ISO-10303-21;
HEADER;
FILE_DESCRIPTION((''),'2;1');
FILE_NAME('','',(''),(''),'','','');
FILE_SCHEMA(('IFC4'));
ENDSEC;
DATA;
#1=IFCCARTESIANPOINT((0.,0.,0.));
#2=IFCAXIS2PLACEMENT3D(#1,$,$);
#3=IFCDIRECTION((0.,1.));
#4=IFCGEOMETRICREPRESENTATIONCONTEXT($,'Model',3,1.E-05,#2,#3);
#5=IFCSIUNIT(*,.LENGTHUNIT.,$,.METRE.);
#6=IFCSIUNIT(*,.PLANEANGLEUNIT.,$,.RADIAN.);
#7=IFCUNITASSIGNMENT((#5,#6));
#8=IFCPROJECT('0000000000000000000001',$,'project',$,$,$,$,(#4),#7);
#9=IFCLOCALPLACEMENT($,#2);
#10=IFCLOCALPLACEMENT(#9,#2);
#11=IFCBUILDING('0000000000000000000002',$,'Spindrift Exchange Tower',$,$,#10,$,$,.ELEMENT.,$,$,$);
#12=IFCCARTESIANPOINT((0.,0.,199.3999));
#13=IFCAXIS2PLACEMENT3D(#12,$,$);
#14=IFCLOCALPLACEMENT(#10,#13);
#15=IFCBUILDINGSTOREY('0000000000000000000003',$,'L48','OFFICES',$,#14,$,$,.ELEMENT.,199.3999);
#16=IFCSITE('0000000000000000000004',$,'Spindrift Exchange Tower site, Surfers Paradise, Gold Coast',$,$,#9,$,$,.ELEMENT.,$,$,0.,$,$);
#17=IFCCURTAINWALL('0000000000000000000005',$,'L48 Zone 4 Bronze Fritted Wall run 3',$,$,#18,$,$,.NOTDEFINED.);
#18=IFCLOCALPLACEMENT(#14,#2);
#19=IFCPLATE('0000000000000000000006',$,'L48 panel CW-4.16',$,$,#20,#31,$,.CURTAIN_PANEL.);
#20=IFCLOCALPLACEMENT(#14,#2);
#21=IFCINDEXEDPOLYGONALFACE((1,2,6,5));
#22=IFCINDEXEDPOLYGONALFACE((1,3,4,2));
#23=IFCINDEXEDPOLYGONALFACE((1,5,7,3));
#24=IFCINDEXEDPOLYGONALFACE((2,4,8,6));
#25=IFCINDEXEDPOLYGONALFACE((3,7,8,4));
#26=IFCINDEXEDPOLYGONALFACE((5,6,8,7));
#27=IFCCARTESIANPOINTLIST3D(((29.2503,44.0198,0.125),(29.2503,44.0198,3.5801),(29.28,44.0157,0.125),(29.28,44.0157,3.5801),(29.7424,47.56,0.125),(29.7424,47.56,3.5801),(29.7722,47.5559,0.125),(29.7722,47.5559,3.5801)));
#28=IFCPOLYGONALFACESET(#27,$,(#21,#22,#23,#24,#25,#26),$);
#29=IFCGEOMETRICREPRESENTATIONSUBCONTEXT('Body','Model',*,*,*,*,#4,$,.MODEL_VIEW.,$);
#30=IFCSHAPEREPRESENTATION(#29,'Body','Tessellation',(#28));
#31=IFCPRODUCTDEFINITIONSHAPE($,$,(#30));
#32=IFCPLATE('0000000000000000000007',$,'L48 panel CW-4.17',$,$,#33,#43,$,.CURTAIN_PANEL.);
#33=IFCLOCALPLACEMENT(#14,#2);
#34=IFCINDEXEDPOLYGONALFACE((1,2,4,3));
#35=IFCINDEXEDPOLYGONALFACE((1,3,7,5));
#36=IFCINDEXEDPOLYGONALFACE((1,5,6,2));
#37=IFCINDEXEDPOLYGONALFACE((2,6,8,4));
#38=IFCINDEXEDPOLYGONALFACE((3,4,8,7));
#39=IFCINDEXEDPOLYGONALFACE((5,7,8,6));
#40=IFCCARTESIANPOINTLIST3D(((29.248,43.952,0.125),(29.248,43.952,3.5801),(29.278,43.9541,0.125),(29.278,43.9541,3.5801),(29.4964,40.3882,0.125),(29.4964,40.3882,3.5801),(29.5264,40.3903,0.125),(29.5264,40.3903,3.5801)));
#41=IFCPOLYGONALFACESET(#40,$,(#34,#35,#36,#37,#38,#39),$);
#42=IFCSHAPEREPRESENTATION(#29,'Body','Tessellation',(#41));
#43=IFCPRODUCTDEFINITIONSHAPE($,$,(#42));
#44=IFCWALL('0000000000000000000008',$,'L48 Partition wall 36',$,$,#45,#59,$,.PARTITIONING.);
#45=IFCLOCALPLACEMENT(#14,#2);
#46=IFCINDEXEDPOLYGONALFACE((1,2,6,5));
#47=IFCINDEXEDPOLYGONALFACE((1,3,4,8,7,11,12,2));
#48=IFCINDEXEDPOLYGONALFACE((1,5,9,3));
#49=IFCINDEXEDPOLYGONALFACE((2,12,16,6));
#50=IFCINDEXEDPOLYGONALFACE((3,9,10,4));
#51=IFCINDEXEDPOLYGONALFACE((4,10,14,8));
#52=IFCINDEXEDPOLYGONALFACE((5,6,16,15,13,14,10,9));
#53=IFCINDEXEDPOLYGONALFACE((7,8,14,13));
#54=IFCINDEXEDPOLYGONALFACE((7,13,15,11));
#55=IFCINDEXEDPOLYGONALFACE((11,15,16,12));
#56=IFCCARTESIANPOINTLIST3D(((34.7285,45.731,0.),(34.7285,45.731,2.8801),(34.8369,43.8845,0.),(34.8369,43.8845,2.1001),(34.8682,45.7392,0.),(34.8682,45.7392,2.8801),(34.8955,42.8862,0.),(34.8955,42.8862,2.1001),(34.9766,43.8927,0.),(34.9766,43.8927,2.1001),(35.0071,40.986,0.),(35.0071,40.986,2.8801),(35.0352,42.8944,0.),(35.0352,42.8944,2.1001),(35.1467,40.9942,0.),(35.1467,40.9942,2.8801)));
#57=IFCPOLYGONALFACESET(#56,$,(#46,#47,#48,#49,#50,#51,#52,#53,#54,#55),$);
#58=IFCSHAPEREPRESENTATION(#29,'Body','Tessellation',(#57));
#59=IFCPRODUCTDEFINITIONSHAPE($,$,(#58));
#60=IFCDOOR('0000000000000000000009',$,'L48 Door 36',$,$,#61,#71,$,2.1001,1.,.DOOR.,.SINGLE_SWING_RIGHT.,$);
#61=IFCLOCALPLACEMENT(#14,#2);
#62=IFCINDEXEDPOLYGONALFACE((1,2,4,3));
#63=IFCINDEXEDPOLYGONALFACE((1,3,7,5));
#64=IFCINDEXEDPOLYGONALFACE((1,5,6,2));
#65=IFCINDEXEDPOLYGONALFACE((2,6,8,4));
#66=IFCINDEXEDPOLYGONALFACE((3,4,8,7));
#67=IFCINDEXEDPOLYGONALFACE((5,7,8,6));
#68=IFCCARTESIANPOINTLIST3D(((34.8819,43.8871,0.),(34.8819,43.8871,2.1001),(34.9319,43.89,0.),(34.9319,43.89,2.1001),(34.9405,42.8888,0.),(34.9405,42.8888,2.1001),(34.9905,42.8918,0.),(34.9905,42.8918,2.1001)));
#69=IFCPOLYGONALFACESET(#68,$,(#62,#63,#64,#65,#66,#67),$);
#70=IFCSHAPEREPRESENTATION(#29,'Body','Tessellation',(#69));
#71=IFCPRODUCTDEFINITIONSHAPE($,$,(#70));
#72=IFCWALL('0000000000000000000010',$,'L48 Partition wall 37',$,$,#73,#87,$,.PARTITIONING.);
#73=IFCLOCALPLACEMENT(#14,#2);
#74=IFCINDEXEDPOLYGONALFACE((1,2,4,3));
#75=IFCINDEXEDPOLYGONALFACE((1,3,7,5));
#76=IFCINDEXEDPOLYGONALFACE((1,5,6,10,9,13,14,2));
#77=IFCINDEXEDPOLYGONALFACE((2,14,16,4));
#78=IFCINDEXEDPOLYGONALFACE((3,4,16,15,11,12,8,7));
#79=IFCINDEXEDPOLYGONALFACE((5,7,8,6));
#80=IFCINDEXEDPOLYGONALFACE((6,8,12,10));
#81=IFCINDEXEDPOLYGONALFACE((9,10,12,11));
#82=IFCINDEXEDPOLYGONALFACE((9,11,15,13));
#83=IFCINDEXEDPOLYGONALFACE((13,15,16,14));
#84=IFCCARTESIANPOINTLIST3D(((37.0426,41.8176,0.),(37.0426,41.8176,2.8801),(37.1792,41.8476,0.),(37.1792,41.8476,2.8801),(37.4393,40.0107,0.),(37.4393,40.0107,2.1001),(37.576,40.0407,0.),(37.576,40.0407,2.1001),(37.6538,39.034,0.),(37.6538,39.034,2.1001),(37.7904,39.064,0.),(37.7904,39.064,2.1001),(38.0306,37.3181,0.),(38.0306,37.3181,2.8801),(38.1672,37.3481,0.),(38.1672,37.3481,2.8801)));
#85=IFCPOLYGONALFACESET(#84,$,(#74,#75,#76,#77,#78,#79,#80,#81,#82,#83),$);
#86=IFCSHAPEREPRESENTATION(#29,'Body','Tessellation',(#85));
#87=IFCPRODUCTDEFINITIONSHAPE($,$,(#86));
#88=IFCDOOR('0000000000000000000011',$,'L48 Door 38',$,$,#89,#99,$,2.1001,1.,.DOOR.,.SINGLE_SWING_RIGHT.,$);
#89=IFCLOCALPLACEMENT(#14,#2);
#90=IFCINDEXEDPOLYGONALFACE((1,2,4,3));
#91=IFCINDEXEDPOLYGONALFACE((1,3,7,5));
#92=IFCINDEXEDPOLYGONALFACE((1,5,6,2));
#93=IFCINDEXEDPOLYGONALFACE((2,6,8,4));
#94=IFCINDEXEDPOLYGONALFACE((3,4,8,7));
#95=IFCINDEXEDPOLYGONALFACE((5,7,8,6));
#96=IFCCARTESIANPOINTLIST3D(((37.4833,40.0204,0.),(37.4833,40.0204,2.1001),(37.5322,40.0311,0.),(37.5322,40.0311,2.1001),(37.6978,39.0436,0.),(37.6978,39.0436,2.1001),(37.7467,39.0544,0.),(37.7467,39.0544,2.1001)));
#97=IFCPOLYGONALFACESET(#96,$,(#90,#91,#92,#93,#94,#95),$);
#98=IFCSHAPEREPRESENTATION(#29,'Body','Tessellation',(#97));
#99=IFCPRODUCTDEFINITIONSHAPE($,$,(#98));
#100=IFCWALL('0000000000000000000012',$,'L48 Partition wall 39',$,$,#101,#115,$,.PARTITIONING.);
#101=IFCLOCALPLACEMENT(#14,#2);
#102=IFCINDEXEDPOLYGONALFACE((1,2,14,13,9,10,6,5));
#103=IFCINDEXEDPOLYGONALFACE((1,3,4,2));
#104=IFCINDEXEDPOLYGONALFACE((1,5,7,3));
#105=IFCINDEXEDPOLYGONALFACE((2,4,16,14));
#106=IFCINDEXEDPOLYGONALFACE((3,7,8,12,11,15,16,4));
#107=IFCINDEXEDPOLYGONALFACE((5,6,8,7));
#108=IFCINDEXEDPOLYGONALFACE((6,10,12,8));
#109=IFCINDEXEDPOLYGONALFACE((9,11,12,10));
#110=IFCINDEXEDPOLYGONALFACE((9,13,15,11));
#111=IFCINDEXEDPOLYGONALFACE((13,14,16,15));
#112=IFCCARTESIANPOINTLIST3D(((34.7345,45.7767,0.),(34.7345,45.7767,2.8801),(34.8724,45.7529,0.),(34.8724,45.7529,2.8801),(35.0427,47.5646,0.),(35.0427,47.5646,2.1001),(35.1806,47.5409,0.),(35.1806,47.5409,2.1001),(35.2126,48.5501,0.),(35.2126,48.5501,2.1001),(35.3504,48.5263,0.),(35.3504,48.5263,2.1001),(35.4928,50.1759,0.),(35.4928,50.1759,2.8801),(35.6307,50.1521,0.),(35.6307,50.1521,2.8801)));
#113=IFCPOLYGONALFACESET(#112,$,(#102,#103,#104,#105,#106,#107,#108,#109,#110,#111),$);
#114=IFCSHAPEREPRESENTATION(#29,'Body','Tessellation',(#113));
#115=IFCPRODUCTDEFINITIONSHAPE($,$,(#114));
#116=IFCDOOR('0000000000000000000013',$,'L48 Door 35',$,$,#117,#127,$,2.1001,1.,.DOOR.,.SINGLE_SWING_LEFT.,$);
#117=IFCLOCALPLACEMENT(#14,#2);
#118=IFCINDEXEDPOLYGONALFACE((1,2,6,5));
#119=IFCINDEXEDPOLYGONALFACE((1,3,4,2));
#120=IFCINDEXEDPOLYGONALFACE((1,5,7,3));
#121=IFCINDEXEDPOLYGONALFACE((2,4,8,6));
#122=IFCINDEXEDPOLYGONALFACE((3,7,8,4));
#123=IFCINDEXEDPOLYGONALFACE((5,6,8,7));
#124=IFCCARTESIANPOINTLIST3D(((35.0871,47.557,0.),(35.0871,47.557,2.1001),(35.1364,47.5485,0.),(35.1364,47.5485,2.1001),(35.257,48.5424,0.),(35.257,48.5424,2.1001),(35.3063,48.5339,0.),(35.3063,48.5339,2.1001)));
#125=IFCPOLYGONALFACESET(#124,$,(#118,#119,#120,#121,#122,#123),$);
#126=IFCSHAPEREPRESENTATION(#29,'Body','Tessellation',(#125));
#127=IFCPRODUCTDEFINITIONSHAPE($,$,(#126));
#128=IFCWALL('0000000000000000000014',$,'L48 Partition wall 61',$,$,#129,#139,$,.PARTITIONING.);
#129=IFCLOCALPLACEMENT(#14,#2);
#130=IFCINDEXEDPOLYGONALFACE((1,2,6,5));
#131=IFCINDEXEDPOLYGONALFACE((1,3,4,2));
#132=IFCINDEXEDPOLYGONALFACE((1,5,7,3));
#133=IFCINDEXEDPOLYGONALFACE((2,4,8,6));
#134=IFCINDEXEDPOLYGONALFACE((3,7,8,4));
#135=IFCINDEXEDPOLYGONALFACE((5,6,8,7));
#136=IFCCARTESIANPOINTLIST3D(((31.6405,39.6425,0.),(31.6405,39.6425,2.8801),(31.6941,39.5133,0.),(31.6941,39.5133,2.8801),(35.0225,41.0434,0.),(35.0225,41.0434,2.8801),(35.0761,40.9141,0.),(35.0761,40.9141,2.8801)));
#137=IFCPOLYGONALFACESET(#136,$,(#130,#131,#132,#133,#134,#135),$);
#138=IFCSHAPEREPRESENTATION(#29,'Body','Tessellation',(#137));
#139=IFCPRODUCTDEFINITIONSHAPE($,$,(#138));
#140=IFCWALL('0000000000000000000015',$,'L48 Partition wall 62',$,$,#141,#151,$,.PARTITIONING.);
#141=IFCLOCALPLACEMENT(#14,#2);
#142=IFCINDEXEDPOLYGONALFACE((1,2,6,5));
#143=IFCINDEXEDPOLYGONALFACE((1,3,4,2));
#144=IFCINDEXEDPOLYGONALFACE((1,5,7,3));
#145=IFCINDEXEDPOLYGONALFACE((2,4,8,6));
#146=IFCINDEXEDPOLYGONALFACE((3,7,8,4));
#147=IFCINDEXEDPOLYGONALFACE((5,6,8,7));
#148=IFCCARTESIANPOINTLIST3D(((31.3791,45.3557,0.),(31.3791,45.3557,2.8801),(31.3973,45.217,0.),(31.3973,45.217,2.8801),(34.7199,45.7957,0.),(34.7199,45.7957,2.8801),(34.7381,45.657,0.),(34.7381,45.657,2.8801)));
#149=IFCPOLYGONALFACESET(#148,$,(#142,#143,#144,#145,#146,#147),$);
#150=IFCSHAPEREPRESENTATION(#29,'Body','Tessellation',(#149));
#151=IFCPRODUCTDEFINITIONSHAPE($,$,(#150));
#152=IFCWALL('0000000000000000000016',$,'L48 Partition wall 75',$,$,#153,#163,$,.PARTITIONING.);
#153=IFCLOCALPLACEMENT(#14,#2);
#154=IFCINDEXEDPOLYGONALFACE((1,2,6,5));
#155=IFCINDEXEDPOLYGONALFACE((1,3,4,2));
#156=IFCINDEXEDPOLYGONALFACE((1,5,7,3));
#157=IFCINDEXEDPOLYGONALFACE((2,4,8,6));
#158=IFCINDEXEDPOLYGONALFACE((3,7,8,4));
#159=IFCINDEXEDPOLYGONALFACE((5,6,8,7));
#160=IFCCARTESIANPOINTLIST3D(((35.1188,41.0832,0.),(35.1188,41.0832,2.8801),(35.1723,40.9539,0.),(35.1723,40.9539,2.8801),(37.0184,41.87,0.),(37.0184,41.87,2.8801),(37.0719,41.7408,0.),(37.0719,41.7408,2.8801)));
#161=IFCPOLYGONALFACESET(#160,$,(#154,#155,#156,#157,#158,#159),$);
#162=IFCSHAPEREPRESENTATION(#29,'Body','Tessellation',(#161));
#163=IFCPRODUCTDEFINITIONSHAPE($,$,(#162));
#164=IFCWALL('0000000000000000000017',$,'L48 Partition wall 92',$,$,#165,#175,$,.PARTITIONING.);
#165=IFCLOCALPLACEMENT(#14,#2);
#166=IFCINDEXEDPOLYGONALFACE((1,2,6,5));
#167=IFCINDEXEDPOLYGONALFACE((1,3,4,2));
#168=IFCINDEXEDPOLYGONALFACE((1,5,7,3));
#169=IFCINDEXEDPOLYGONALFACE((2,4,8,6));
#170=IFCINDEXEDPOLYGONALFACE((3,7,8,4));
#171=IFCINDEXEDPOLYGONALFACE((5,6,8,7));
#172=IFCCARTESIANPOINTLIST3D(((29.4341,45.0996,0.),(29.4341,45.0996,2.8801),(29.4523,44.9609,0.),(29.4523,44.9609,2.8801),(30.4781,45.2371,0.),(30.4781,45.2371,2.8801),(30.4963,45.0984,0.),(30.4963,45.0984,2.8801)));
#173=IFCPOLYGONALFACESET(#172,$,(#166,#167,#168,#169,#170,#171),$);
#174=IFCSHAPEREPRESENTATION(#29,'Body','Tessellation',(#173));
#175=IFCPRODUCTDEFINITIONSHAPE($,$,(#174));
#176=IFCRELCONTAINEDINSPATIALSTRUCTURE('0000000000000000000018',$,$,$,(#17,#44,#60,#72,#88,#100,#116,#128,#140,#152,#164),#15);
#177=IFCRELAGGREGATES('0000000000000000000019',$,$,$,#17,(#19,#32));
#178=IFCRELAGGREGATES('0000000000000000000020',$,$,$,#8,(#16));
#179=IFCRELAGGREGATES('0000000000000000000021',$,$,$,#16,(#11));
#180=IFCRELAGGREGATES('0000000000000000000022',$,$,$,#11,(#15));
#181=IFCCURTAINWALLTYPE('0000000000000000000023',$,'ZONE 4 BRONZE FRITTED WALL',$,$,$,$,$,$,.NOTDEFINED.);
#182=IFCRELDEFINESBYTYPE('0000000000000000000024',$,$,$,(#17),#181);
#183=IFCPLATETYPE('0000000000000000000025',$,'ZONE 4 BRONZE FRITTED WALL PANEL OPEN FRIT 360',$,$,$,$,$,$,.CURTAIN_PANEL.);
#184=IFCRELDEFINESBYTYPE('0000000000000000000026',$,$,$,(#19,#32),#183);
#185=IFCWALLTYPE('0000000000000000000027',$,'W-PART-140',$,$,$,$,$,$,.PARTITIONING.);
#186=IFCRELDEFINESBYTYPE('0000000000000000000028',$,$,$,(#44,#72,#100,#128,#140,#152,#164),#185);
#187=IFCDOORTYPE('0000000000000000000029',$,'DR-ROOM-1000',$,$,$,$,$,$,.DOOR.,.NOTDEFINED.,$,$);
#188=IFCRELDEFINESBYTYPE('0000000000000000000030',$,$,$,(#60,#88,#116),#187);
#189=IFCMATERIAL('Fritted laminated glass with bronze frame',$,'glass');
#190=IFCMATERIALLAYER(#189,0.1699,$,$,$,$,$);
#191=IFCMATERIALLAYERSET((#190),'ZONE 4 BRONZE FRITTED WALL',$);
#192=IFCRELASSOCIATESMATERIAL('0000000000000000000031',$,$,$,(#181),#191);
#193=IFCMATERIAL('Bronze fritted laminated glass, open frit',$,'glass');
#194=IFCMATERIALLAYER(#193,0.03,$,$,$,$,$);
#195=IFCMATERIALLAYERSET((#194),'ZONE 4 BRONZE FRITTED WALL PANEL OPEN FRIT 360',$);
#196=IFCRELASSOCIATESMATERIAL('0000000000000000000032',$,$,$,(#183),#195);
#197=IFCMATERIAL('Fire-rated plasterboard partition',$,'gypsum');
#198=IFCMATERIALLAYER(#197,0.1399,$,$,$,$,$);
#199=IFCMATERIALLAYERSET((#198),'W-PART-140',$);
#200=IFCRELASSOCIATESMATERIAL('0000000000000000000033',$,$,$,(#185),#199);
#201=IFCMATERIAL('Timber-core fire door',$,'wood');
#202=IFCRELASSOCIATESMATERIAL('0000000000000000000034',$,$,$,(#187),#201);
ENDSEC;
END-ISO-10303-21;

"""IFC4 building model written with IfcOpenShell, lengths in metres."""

from ifc_helpers import new_model, si_unit, direction, frame, frame_2d, origin, origin_2d, place, context, subcontext, project, spatial, rectangle, extrude, source, transform, mapped, material, layer, layer_set, type_object, element, fill, aggregate, save


model = new_model("IFC4")

# Units and contexts
model_context = context("Model", 3, precision=1e-05, world=origin(), true_north=direction((0.0, 1.0)))
body_context = subcontext(model_context, "Body", "Model", "MODEL_VIEW")
ifc_project = project(units=[si_unit("LENGTHUNIT", "METRE"), si_unit("PLANEANGLEUNIT", "RADIAN")], contexts=[model_context])

# Site, building, storey
site_placement = place(None, origin())
site = spatial("IfcSite", under=ifc_project, at=site_placement, Name="Spindrift Exchange Tower site, Surfers Paradise, Gold Coast", CompositionType="ELEMENT", RefElevation=0.0)
building_placement = place(site_placement, origin())
building = spatial("IfcBuilding", under=site, at=building_placement, Name="Spindrift Exchange Tower", CompositionType="ELEMENT")
storey_placement = place(building_placement, frame((0.0, 0.0, 199.3999)))
storey = spatial("IfcBuildingStorey", under=building, at=storey_placement, Name="L48", Description="OFFICES", CompositionType="ELEMENT", Elevation=199.3999)

# Curtain wall, plates
ifc_material_1 = material(Name="Fritted laminated glass with bronze frame", Category="glass")
ifc_layer_1 = layer(ifc_material_1, 0.1699)
ifc_layer_set_1 = layer_set([ifc_layer_1], Name="ZONE 4 BRONZE FRITTED WALL")
curtain_wall_type = type_object("IfcCurtainWallType", Name="ZONE 4 BRONZE FRITTED WALL", PredefinedType="NOTDEFINED", material=ifc_layer_set_1)
curtain_wall_placement = place(storey_placement, origin())
curtain_wall = element("IfcCurtainWall", 1, at=curtain_wall_placement, inside=storey, type_object=curtain_wall_type, Name="L48 Zone 4 Bronze Fritted Wall run 3", PredefinedType="NOTDEFINED")
ifc_material_2 = material(Name="Bronze fritted laminated glass, open frit", Category="glass")
ifc_layer_2 = layer(ifc_material_2, 0.03)
ifc_layer_set_2 = layer_set([ifc_layer_2], Name="ZONE 4 BRONZE FRITTED WALL PANEL OPEN FRIT 360")
plate_type_1 = type_object("IfcPlateType", Name="ZONE 4 BRONZE FRITTED WALL PANEL OPEN FRIT 360", PredefinedType="CURTAIN_PANEL", material=ifc_layer_set_2)
shared_shape_1 = source(origin(), body_context, "Body", "SweptSolid", [
    extrude(rectangle(XDim=3.5742, YDim=0.03, at=origin_2d()), origin(), (0.0, 0.0, 1.0), 3.4551),
])
plate_1_placement = place(storey_placement, frame((29.5112, 45.7878, 0.125), z_axis=(0.0, 0.0, 1.0), x_axis=(-0.137697, -0.990474, 0.0)))
plate_1 = element("IfcPlate", 2, at=plate_1_placement, type_object=plate_type_1, Name="L48 panel CW-4.16", PredefinedType="CURTAIN_PANEL", context=body_context, shape_type="MappedRepresentation", body=[
    mapped(shared_shape_1, transform((0.0, 0.0, 0.0), scale=1.0)),
])
shared_shape_2 = source(origin(), body_context, "Body", "SweptSolid", [
    extrude(rectangle(XDim=3.5725, YDim=0.03, at=origin_2d()), origin(), (0.0, 0.0, 1.0), 3.4551),
])
plate_2_placement = place(storey_placement, frame((29.3872, 42.1711, 0.125), z_axis=(0.0, 0.0, 1.0), x_axis=(0.069528, -0.99758, 0.0)))
plate_2 = element("IfcPlate", 3, at=plate_2_placement, type_object=plate_type_1, Name="L48 panel CW-4.17", PredefinedType="CURTAIN_PANEL", context=body_context, shape_type="MappedRepresentation", body=[
    mapped(shared_shape_2, transform((0.0, 0.0, 0.0), scale=1.0)),
])
aggregate(curtain_wall, [plate_1, plate_2])

# Walls, openings, doors
ifc_material_3 = material(Name="Fire-rated plasterboard partition", Category="gypsum")
ifc_layer_3 = layer(ifc_material_3, 0.1399)
ifc_layer_set_3 = layer_set([ifc_layer_3], Name="W-PART-140")
wall_type = type_object("IfcWallType", Name="W-PART-140", PredefinedType="PARTITIONING", material=ifc_layer_set_3)
wall_1_placement = place(storey_placement, frame((35.0769, 40.9902, 0.0), z_axis=(0.0, 0.0, 1.0), x_axis=(-0.058605, 0.998281, 0.0)))
wall_1 = element("IfcWall", 4, at=wall_1_placement, inside=storey, type_object=wall_type, Name="L48 Partition wall 36", PredefinedType="PARTITIONING", context=body_context, shape_type="SweptSolid", body=[
    extrude(rectangle(XDim=4.7532, YDim=0.1399, at=frame_2d((2.3765, 0.0))), origin(), (0.0, 0.0, 1.0), 2.8801),
])
opening_1_placement = place(wall_1_placement, frame((1.9033, 0.0, 0.0)))
opening_1 = element("IfcOpeningElement", 5, at=opening_1_placement, cuts=wall_1, PredefinedType="OPENING", context=body_context, shape_type="SweptSolid", body=[
    extrude(rectangle(XDim=1.0, YDim=2.1001, at=frame_2d((0.5, 1.05))), frame((0.0, 0.0798, 0.0), z_axis=(0.0, -1.0, 0.0), x_axis=(1.0, 0.0, 0.0)), (0.0, 0.0, 1.0), 0.1599),
])
ifc_material_4 = material(Name="Timber-core fire door", Category="wood")
door_type = type_object("IfcDoorType", Name="DR-ROOM-1000", OperationType="NOTDEFINED", PredefinedType="DOOR", material=ifc_material_4)
shared_shape_3 = source(origin(), body_context, "Body", "SweptSolid", [
    extrude(rectangle(XDim=1.0, YDim=2.1001, at=frame_2d((0.5, 1.05))), frame((0.0, 0.0249, 0.0), z_axis=(0.0, -1.0, 0.0), x_axis=(1.0, 0.0, 0.0)), (0.0, 0.0, 1.0), 0.05),
])
door_1_placement = place(opening_1_placement, origin())
door_1 = element("IfcDoor", 6, at=door_1_placement, inside=storey, type_object=door_type, Name="L48 Door 36", OperationType="SINGLE_SWING_RIGHT", OverallHeight=2.1001, OverallWidth=1.0, PredefinedType="DOOR", context=body_context, shape_type="MappedRepresentation", body=[
    mapped(shared_shape_3, transform((0.0, 0.0, 0.0), scale=1.0)),
])
fill(opening_1, door_1)
wall_2_placement = place(storey_placement, frame((38.0989, 37.3333, 0.0), z_axis=(0.0, 0.0, 1.0), x_axis=(-0.214478, 0.976729, 0.0)))
wall_2 = element("IfcWall", 7, at=wall_2_placement, inside=storey, type_object=wall_type, Name="L48 Partition wall 37", PredefinedType="PARTITIONING", context=body_context, shape_type="SweptSolid", body=[
    extrude(rectangle(XDim=4.6067, YDim=0.1399, at=frame_2d((2.3032, 0.0))), origin(), (0.0, 0.0, 1.0), 2.8801),
])
opening_2_placement = place(wall_2_placement, frame((1.7566, 0.0, 0.0)))
opening_2 = element("IfcOpeningElement", 8, at=opening_2_placement, cuts=wall_2, PredefinedType="OPENING", context=body_context, shape_type="SweptSolid", body=[
    extrude(rectangle(XDim=1.0, YDim=2.1001, at=frame_2d((0.5, 1.05))), frame((0.0, 0.0798, 0.0), z_axis=(0.0, -1.0, 0.0), x_axis=(1.0, 0.0, 0.0)), (0.0, 0.0, 1.0), 0.1599),
])
door_2_placement = place(opening_2_placement, origin())
door_2 = element("IfcDoor", 9, at=door_2_placement, inside=storey, type_object=door_type, Name="L48 Door 38", OperationType="SINGLE_SWING_RIGHT", OverallHeight=2.1001, OverallWidth=1.0, PredefinedType="DOOR", context=body_context, shape_type="MappedRepresentation", body=[
    mapped(shared_shape_3, transform((0.0, 0.0, 0.0), scale=1.0)),
])
fill(opening_2, door_2)
wall_3_placement = place(storey_placement, frame((34.8035, 45.7649, 0.0), z_axis=(0.0, 0.0, 1.0), x_axis=(0.169868, 0.985467, 0.0)))
wall_3 = element("IfcWall", 10, at=wall_3_placement, inside=storey, type_object=wall_type, Name="L48 Partition wall 39", PredefinedType="PARTITIONING", context=body_context, shape_type="SweptSolid", body=[
    extrude(rectangle(XDim=4.4641, YDim=0.1399, at=frame_2d((2.2319, 0.0))), origin(), (0.0, 0.0, 1.0), 2.8801),
])
opening_3_placement = place(wall_3_placement, frame((1.8142, 0.0, 0.0)))
opening_3 = element("IfcOpeningElement", 11, at=opening_3_placement, cuts=wall_3, PredefinedType="OPENING", context=body_context, shape_type="SweptSolid", body=[
    extrude(rectangle(XDim=1.0, YDim=2.1001, at=frame_2d((0.5, 1.05))), frame((0.0, 0.0798, 0.0), z_axis=(0.0, -1.0, 0.0), x_axis=(1.0, 0.0, 0.0)), (0.0, 0.0, 1.0), 0.1599),
])
door_3_placement = place(opening_3_placement, origin())
door_3 = element("IfcDoor", 12, at=door_3_placement, inside=storey, type_object=door_type, Name="L48 Door 35", OperationType="SINGLE_SWING_LEFT", OverallHeight=2.1001, OverallWidth=1.0, PredefinedType="DOOR", context=body_context, shape_type="MappedRepresentation", body=[
    mapped(shared_shape_3, transform((0.0, 0.0, 0.0), scale=1.0)),
])
fill(opening_3, door_3)

# Walls
wall_4_placement = place(storey_placement, frame((35.0493, 40.9788, 0.0), z_axis=(0.0, 0.0, 1.0), x_axis=(-0.923882, -0.382678, 0.0)))
element("IfcWall", 13, at=wall_4_placement, inside=storey, type_object=wall_type, Name="L48 Partition wall 61", PredefinedType="PARTITIONING", context=body_context, shape_type="SweptSolid", body=[
    extrude(rectangle(XDim=3.6606, YDim=0.1399, at=frame_2d((1.8303, 0.0))), origin(), (0.0, 0.0, 1.0), 2.8801),
])
wall_5_placement = place(storey_placement, frame((34.729, 45.7263, 0.0), z_axis=(0.0, 0.0, 1.0), x_axis=(-0.99144, -0.130559, 0.0)))
element("IfcWall", 14, at=wall_5_placement, inside=storey, type_object=wall_type, Name="L48 Partition wall 62", PredefinedType="PARTITIONING", context=body_context, shape_type="SweptSolid", body=[
    extrude(rectangle(XDim=3.3696, YDim=0.1399, at=frame_2d((1.6848, 0.0))), origin(), (0.0, 0.0, 1.0), 2.8801),
])
wall_6_placement = place(storey_placement, frame((37.0452, 41.8054, 0.0), z_axis=(0.0, 0.0, 1.0), x_axis=(-0.923879, -0.382684, 0.0)))
element("IfcWall", 15, at=wall_6_placement, inside=storey, type_object=wall_type, Name="L48 Partition wall 75", PredefinedType="PARTITIONING", context=body_context, shape_type="SweptSolid", body=[
    extrude(rectangle(XDim=2.0562, YDim=0.1399, at=frame_2d((1.0281, 0.0))), origin(), (0.0, 0.0, 1.0), 2.8801),
])
wall_7_placement = place(storey_placement, frame((30.4871, 45.1677, 0.0), z_axis=(0.0, 0.0, 1.0), x_axis=(-0.991443, -0.130538, 0.0)))
element("IfcWall", 16, at=wall_7_placement, inside=storey, type_object=wall_type, Name="L48 Partition wall 92", PredefinedType="PARTITIONING", context=body_context, shape_type="SweptSolid", body=[
    extrude(rectangle(XDim=1.053, YDim=0.1399, at=frame_2d((0.5264, 0.0))), origin(), (0.0, 0.0, 1.0), 2.8801),
])

save(model, "model.ifc")
